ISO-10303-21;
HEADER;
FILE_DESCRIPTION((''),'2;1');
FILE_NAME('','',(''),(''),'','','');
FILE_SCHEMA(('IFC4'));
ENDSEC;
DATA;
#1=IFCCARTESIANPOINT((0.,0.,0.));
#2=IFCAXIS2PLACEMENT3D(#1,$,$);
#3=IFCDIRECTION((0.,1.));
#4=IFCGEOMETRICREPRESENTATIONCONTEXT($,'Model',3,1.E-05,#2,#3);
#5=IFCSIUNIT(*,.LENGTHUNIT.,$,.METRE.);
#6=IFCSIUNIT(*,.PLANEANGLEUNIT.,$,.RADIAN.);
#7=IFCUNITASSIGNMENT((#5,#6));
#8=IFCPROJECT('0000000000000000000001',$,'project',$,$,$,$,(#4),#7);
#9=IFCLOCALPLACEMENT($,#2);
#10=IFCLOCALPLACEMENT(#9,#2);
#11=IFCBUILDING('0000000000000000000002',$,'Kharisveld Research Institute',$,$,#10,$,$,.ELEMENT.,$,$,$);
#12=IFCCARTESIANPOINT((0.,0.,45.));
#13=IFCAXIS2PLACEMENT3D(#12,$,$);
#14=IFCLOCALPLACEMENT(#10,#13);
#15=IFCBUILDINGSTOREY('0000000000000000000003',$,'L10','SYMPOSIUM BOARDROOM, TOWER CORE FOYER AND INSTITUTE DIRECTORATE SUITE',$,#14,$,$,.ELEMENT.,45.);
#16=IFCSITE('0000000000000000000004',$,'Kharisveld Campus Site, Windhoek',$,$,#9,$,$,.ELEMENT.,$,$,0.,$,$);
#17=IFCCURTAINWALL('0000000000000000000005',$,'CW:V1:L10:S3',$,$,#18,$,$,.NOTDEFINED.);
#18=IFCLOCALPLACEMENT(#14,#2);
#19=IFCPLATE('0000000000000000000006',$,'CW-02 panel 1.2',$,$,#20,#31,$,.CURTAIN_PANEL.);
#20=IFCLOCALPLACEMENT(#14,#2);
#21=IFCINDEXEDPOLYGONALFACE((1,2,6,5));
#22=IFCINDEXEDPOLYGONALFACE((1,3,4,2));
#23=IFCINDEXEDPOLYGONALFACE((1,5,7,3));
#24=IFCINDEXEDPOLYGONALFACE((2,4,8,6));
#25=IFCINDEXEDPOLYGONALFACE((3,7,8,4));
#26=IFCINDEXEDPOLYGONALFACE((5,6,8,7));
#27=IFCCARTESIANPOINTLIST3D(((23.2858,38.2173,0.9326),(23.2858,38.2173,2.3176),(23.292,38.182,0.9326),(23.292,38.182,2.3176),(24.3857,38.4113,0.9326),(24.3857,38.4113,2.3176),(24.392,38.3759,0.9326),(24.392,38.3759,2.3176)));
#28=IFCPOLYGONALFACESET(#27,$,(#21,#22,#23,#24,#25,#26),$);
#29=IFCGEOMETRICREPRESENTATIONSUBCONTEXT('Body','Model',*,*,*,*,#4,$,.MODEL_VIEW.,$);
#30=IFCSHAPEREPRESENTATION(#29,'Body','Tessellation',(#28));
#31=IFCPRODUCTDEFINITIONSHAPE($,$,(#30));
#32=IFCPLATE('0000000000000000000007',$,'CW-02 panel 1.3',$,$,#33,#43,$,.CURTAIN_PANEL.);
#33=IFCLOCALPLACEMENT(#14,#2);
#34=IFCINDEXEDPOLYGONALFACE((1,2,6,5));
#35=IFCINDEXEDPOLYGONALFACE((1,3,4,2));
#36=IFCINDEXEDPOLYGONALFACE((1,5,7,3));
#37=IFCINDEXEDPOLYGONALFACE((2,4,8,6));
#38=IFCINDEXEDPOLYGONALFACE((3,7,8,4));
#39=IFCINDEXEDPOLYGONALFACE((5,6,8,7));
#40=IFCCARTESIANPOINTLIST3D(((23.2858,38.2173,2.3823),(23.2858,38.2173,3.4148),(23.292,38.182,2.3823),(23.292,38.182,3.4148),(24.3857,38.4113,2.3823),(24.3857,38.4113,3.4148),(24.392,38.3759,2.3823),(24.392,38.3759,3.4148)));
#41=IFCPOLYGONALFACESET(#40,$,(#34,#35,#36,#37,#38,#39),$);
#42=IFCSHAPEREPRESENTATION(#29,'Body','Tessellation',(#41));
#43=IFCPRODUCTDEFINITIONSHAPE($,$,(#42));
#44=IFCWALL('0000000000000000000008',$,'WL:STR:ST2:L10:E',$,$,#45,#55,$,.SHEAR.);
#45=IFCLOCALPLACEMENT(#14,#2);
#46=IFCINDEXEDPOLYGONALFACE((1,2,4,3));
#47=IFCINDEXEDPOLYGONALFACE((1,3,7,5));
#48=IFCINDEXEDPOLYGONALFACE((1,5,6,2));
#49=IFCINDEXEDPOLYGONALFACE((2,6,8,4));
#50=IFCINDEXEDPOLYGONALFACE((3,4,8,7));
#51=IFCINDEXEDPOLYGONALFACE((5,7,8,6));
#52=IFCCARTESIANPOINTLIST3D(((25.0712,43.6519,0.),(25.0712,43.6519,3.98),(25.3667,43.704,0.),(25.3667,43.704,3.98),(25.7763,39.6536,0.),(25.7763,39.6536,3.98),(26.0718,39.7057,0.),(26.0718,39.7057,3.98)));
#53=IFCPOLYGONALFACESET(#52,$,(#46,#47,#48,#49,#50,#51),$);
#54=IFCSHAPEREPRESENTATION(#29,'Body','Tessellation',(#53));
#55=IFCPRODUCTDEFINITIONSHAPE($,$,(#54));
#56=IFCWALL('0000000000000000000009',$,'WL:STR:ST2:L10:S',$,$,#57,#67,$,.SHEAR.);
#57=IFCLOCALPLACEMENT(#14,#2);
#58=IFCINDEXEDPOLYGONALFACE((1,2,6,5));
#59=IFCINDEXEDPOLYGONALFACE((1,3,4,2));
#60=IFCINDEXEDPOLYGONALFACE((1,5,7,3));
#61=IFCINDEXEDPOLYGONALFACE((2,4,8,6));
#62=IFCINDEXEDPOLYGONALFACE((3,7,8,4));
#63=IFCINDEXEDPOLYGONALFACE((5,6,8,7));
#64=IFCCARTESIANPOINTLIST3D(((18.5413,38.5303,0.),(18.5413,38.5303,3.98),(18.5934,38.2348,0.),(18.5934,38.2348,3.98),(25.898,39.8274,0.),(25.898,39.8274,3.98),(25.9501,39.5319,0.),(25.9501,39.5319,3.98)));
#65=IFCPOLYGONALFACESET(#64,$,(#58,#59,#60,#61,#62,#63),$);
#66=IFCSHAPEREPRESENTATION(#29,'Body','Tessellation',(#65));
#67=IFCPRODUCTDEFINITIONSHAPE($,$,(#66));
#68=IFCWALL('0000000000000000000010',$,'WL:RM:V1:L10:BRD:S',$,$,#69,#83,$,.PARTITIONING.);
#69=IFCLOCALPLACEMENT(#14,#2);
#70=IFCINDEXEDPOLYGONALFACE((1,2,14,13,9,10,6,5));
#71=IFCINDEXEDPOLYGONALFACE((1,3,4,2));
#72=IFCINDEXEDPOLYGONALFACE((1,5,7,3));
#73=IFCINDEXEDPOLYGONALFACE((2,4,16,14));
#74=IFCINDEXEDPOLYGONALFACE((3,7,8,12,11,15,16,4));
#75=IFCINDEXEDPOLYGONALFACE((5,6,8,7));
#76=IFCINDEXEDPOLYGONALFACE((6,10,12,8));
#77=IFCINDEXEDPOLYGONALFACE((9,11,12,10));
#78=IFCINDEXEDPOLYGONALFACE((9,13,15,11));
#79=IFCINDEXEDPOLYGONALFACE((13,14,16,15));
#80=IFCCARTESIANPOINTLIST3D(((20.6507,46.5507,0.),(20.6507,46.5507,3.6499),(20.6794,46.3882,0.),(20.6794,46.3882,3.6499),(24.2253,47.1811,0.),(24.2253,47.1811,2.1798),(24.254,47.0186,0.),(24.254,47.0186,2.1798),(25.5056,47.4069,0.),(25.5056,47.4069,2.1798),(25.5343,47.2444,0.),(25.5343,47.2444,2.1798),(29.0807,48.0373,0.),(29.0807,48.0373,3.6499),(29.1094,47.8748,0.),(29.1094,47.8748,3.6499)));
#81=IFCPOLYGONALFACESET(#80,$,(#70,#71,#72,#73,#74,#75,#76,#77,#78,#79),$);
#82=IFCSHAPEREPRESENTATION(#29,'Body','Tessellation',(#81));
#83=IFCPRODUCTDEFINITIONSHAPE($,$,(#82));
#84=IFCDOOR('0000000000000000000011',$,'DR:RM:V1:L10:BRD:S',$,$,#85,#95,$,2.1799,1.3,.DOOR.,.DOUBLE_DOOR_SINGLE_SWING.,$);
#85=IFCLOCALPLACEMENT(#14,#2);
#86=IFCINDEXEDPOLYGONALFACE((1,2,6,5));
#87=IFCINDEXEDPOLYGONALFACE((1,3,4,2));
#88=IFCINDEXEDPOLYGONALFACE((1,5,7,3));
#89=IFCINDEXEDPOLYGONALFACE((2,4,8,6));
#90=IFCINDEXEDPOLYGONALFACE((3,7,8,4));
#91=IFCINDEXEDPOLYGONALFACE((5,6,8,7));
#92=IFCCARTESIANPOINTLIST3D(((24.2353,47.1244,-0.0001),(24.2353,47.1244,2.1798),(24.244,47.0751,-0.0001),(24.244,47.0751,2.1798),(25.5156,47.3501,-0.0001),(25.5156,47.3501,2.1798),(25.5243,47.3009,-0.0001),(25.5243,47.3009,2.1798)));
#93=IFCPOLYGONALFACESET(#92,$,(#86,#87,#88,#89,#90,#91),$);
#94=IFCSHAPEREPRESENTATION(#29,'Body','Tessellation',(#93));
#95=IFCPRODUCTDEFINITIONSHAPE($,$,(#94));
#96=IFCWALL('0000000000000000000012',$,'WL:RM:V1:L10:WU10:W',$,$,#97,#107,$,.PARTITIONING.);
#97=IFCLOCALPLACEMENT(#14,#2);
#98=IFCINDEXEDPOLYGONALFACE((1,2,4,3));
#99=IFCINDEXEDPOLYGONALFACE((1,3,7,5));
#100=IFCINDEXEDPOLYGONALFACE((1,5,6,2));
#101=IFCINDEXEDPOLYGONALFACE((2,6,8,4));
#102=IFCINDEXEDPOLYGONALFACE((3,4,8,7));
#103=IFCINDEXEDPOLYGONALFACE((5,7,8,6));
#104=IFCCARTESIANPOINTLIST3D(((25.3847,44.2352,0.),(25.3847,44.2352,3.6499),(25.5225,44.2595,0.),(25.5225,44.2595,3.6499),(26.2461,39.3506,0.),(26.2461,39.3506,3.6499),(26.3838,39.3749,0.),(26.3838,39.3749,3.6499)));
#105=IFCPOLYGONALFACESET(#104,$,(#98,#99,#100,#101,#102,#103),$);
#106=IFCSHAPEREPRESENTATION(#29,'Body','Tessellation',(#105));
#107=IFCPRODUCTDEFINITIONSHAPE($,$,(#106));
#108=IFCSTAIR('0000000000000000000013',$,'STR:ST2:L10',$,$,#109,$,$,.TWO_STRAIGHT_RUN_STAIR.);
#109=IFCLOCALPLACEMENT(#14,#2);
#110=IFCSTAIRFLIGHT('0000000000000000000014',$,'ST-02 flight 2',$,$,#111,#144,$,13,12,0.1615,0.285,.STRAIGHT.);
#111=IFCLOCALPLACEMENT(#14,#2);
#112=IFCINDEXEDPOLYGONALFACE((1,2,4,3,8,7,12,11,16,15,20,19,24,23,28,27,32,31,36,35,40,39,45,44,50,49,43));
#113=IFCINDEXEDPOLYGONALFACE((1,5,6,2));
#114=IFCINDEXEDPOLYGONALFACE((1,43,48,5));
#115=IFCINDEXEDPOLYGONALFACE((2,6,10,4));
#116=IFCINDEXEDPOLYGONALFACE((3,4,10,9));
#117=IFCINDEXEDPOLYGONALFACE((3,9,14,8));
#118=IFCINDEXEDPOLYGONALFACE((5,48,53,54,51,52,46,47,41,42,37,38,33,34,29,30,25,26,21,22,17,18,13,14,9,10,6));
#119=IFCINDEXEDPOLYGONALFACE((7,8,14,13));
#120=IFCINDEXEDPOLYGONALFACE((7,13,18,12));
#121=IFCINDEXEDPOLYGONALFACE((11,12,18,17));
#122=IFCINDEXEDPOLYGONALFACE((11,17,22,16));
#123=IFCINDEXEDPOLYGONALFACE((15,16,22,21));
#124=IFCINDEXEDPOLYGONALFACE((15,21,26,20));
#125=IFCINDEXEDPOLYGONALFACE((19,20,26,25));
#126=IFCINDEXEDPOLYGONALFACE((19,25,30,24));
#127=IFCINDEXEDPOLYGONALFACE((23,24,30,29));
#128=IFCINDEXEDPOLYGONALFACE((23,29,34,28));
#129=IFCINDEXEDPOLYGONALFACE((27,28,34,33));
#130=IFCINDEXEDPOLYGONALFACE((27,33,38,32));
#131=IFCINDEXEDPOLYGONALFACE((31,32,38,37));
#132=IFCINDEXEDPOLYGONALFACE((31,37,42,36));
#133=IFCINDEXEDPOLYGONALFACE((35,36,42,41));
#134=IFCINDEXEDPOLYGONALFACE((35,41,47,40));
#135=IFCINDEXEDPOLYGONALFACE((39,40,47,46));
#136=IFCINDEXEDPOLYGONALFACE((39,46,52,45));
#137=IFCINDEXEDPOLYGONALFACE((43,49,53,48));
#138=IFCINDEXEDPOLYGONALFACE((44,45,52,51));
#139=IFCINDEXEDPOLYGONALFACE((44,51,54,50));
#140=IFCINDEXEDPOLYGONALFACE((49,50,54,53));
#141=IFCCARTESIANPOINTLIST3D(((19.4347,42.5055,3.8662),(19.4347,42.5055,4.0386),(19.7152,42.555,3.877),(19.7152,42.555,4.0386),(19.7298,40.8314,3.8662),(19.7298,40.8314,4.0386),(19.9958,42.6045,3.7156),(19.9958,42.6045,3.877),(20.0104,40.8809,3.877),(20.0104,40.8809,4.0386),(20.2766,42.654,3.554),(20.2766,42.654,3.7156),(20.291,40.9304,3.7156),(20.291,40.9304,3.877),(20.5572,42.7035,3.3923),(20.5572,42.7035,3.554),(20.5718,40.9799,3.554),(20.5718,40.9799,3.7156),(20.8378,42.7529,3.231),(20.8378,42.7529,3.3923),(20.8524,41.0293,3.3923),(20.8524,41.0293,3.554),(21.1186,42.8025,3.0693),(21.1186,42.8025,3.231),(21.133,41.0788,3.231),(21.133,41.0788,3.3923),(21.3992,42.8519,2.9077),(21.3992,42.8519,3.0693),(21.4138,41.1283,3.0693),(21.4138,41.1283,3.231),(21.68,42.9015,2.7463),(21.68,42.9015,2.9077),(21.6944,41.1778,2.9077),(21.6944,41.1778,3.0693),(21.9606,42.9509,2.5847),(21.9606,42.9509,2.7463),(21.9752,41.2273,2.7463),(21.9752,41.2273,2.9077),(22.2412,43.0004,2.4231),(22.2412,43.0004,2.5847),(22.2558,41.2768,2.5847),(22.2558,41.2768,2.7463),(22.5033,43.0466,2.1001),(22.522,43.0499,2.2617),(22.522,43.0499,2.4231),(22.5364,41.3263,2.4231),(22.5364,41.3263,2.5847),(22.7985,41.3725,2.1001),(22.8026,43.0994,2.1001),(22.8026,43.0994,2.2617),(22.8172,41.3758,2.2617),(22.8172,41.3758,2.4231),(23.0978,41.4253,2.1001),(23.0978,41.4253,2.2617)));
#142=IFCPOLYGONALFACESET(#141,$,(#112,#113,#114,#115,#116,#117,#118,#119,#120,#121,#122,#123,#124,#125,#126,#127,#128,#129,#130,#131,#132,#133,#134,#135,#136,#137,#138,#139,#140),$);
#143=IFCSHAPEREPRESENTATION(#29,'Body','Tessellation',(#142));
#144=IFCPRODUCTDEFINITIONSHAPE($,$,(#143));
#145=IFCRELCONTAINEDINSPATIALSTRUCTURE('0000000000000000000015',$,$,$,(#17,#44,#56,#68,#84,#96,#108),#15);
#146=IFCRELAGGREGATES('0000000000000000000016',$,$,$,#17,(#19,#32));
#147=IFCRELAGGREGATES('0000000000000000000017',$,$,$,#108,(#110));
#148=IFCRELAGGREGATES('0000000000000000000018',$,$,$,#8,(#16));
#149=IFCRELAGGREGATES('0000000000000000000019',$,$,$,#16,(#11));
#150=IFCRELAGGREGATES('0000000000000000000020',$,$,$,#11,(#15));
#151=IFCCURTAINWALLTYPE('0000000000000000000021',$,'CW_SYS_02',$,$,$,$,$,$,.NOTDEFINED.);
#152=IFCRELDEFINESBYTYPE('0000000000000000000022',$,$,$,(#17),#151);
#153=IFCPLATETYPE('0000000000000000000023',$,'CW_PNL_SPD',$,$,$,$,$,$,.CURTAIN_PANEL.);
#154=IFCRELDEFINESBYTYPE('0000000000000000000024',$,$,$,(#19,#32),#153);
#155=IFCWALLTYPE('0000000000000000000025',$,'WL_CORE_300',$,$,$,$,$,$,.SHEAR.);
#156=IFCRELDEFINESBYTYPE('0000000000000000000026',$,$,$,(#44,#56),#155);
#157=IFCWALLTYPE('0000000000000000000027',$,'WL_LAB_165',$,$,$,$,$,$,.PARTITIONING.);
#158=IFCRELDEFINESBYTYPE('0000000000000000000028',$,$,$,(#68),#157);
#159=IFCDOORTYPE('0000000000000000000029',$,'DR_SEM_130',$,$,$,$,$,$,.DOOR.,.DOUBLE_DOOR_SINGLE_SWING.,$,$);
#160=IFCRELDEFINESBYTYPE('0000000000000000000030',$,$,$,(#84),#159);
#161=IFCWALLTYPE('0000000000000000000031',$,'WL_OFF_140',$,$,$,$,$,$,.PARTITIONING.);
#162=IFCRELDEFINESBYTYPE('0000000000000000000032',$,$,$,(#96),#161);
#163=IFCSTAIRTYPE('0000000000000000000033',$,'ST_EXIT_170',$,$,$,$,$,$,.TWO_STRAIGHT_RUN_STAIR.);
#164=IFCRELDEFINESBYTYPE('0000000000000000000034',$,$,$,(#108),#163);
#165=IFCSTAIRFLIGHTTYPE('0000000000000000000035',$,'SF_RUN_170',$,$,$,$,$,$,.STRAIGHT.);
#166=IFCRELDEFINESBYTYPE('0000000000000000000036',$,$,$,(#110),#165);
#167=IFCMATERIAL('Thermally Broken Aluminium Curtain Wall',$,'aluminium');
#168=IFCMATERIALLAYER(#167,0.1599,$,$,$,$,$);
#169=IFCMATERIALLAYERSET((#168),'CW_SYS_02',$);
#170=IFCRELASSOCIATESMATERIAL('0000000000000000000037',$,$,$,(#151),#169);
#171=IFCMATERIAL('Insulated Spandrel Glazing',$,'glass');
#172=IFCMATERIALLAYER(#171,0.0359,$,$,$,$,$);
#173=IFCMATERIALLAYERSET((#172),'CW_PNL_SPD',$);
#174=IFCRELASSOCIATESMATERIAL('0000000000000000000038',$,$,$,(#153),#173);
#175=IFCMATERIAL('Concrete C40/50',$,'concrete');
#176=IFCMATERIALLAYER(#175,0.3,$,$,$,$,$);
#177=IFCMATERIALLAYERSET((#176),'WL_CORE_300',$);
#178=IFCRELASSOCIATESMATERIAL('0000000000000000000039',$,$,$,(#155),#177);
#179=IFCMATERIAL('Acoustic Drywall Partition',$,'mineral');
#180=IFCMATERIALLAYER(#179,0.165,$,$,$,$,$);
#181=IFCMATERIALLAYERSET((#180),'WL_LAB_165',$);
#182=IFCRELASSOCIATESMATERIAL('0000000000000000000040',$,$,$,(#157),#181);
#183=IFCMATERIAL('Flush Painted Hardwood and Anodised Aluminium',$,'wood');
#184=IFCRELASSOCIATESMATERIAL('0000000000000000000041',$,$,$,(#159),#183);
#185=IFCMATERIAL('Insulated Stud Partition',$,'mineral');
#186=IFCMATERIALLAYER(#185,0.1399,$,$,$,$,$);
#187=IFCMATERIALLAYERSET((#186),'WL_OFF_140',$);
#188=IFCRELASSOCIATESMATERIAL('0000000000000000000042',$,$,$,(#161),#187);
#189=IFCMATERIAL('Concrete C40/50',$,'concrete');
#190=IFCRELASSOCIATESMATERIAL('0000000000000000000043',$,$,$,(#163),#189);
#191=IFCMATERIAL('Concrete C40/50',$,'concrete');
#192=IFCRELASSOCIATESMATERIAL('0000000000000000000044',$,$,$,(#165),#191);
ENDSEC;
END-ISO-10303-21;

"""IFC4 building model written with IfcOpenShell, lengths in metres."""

from ifc_helpers import new_model, si_unit, direction, frame, frame_2d, origin, origin_2d, place, context, subcontext, project, spatial, polyline, rectangle, outline, extrude, material, layer, layer_set, type_object, element, fill, aggregate, save


model = new_model("IFC4")

# Units and contexts
model_context = context("Model", 3, precision=1e-05, world=origin(), true_north=direction((0.0, 1.0)))
body_context = subcontext(model_context, "Body", "Model", "MODEL_VIEW")
ifc_project = project(units=[si_unit("LENGTHUNIT", "METRE"), si_unit("PLANEANGLEUNIT", "RADIAN")], contexts=[model_context])

# Site, building, storey
site_placement = place(None, origin())
site = spatial("IfcSite", under=ifc_project, at=site_placement, Name="Kharisveld Campus Site, Windhoek", CompositionType="ELEMENT", RefElevation=0.0)
building_placement = place(site_placement, origin())
building = spatial("IfcBuilding", under=site, at=building_placement, Name="Kharisveld Research Institute", CompositionType="ELEMENT")
storey_placement = place(building_placement, frame((0.0, 0.0, 45.0)))
storey = spatial("IfcBuildingStorey", under=building, at=storey_placement, Name="L10", Description="SYMPOSIUM BOARDROOM, TOWER CORE FOYER AND INSTITUTE DIRECTORATE SUITE", CompositionType="ELEMENT", Elevation=45.0)

# Curtain wall
ifc_material_1 = material(Name="Thermally Broken Aluminium Curtain Wall", Category="aluminium")
ifc_layer_1 = layer(ifc_material_1, 0.1599)
ifc_layer_set_1 = layer_set([ifc_layer_1], Name="CW_SYS_02")
curtain_wall_type = type_object("IfcCurtainWallType", Name="CW_SYS_02", PredefinedType="NOTDEFINED", material=ifc_layer_set_1)
curtain_wall_placement = place(storey_placement, origin())
curtain_wall = element("IfcCurtainWall", 1, at=curtain_wall_placement, inside=storey, type_object=curtain_wall_type, Name="CW:V1:L10:S3", PredefinedType="NOTDEFINED")

# Plates
ifc_material_2 = material(Name="Insulated Spandrel Glazing", Category="glass")
ifc_layer_2 = layer(ifc_material_2, 0.0359)
ifc_layer_set_2 = layer_set([ifc_layer_2], Name="CW_PNL_SPD")
plate_type = type_object("IfcPlateType", Name="CW_PNL_SPD", PredefinedType="CURTAIN_PANEL", material=ifc_layer_set_2)
plate_1_placement = place(storey_placement, frame((23.8389, 38.2966, 0.9326), z_axis=(0.0, 0.0, 1.0), x_axis=(-0.984808, -0.173648, 0.0)))
plate_1 = element("IfcPlate", 2, at=plate_1_placement, type_object=plate_type, Name="CW-02 panel 1.2", PredefinedType="CURTAIN_PANEL", context=body_context, shape_type="SweptSolid", body=[
    extrude(rectangle(XDim=1.1169, YDim=0.0359, at=origin_2d()), origin(), (0.0, 0.0, 1.0), 1.385),
])
plate_2_placement = place(storey_placement, frame((23.8389, 38.2966, 2.3823), z_axis=(0.0, 0.0, 1.0), x_axis=(-0.984808, -0.173648, 0.0)))
plate_2 = element("IfcPlate", 3, at=plate_2_placement, type_object=plate_type, Name="CW-02 panel 1.3", PredefinedType="CURTAIN_PANEL", context=body_context, shape_type="SweptSolid", body=[
    extrude(rectangle(XDim=1.1169, YDim=0.0359, at=origin_2d()), origin(), (0.0, 0.0, 1.0), 1.0325),
])
aggregate(curtain_wall, [plate_1, plate_2])

# Walls
ifc_material_3 = material(Name="Concrete C40/50", Category="concrete")
ifc_layer_3 = layer(ifc_material_3, 0.3)
ifc_layer_set_3 = layer_set([ifc_layer_3], Name="WL_CORE_300")
wall_type_1 = type_object("IfcWallType", Name="WL_CORE_300", PredefinedType="SHEAR", material=ifc_layer_set_3)
wall_1_placement = place(storey_placement, frame((25.219, 43.678, 0.0), z_axis=(0.0, 0.0, 1.0), x_axis=(0.173665, -0.984805, 0.0)))
element("IfcWall", 4, at=wall_1_placement, inside=storey, type_object=wall_type_1, Name="WL:STR:ST2:L10:E", PredefinedType="SHEAR", context=body_context, shape_type="SweptSolid", body=[
    extrude(rectangle(XDim=4.0601, YDim=0.3, at=frame_2d((2.03, 0.0))), origin(), (0.0, 0.0, 1.0), 3.98),
])
wall_2_placement = place(storey_placement, frame((25.9241, 39.6797, 0.0), z_axis=(0.0, 0.0, 1.0), x_axis=(-0.984809, -0.17364, 0.0)))
element("IfcWall", 5, at=wall_2_placement, inside=storey, type_object=wall_type_1, Name="WL:STR:ST2:L10:S", PredefinedType="SHEAR", context=body_context, shape_type="SweptSolid", body=[
    extrude(rectangle(XDim=7.4702, YDim=0.3, at=frame_2d((3.7351, 0.0))), origin(), (0.0, 0.0, 1.0), 3.98),
])

# Wall, opening, door
ifc_material_4 = material(Name="Acoustic Drywall Partition", Category="mineral")
ifc_layer_4 = layer(ifc_material_4, 0.165)
ifc_layer_set_4 = layer_set([ifc_layer_4], Name="WL_LAB_165")
wall_type_2 = type_object("IfcWallType", Name="WL_LAB_165", PredefinedType="PARTITIONING", material=ifc_layer_set_4)
wall_3_placement = place(storey_placement, frame((20.665, 46.4695, 0.0), z_axis=(0.0, 0.0, 1.0), x_axis=(0.984805, 0.173665, 0.0)))
wall_3 = element("IfcWall", 6, at=wall_3_placement, inside=storey, type_object=wall_type_2, Name="WL:RM:V1:L10:BRD:S", PredefinedType="PARTITIONING", context=body_context, shape_type="SweptSolid", body=[
    extrude(rectangle(XDim=8.5601, YDim=0.165, at=frame_2d((4.28, 0.0))), origin(), (0.0, 0.0, 1.0), 3.6499),
])
opening_1_placement = place(wall_3_placement, frame((3.6299, 0.0, 0.0)))
opening_1 = element("IfcOpeningElement", 7, at=opening_1_placement, cuts=wall_3, PredefinedType="OPENING", context=body_context, shape_type="SweptSolid", body=[
    extrude(rectangle(XDim=1.3, YDim=2.1799, at=frame_2d((0.6499, 1.0898))), frame((0.0, 0.0825, 0.0), z_axis=(0.0, -1.0, 0.0), x_axis=(1.0, 0.0, 0.0)), (0.0, 0.0, 1.0), 0.165),
])
ifc_material_5 = material(Name="Flush Painted Hardwood and Anodised Aluminium", Category="wood")
door_type_1 = type_object("IfcDoorType", Name="DR_SEM_130", OperationType="DOUBLE_DOOR_SINGLE_SWING", PredefinedType="DOOR", material=ifc_material_5)
door_1_placement = place(opening_1_placement, origin())
door_1 = element("IfcDoor", 8, at=door_1_placement, inside=storey, type_object=door_type_1, Name="DR:RM:V1:L10:BRD:S", OperationType="DOUBLE_DOOR_SINGLE_SWING", OverallHeight=2.1799, OverallWidth=1.3, PredefinedType="DOOR", context=body_context, shape_type="SweptSolid", body=[
    extrude(rectangle(XDim=1.3, YDim=2.1799, at=frame_2d((0.6499, 1.0898))), frame((0.0, 0.0249, 0.0), z_axis=(0.0, -1.0, 0.0), x_axis=(1.0, 0.0, 0.0)), (0.0, 0.0, 1.0), 0.05),
])
fill(opening_1, door_1)

# Wall
ifc_material_6 = material(Name="Insulated Stud Partition", Category="mineral")
ifc_layer_5 = layer(ifc_material_6, 0.1399)
ifc_layer_set_5 = layer_set([ifc_layer_5], Name="WL_OFF_140")
wall_type_3 = type_object("IfcWallType", Name="WL_OFF_140", PredefinedType="PARTITIONING", material=ifc_layer_set_5)
wall_4_placement = place(storey_placement, frame((25.4536, 44.2473, 0.0), z_axis=(0.0, 0.0, 1.0), x_axis=(0.173659, -0.984806, 0.0)))
element("IfcWall", 9, at=wall_4_placement, inside=storey, type_object=wall_type_3, Name="WL:RM:V1:L10:WU10:W", PredefinedType="PARTITIONING", context=body_context, shape_type="SweptSolid", body=[
    extrude(rectangle(XDim=4.96, YDim=0.1399, at=frame_2d((2.48, 0.0))), origin(), (0.0, 0.0, 1.0), 3.6499),
])

# Stair, stair flight
ifc_material_7 = material(Name="Concrete C40/50", Category="concrete")
stair_type = type_object("IfcStairType", Name="ST_EXIT_170", PredefinedType="TWO_STRAIGHT_RUN_STAIR", material=ifc_material_7)
stair_placement = place(storey_placement, origin())
stair = element("IfcStair", 10, at=stair_placement, inside=storey, type_object=stair_type, Name="STR:ST2:L10", PredefinedType="TWO_STRAIGHT_RUN_STAIR")
ifc_material_8 = material(Name="Concrete C40/50", Category="concrete")
stair_flight_type = type_object("IfcStairFlightType", Name="SF_RUN_170", PredefinedType="STRAIGHT", material=ifc_material_8)
stair_flight_placement = place(storey_placement, frame((22.9502, 42.2625, 2.1001), z_axis=(0.0, 0.0, 1.0), x_axis=(-0.984808, -0.173648, 0.0)))
stair_flight = element("IfcStairFlight", 11, at=stair_flight_placement, type_object=stair_flight_type, Name="ST-02 flight 2", NumberOfRisers=13, NumberOfTreads=12, PredefinedType="STRAIGHT", RiserHeight=0.1615, TreadLength=0.285, context=body_context, shape_type="SweptSolid", body=[
    extrude(outline(polyline([(0.0, 0.0), (0.0, 0.1616), (0.2849, 0.1616), (0.2849, 0.323), (0.5701, 0.323), (0.5701, 0.4846), (0.855, 0.4846), (0.855, 0.6462), (1.1399, 0.6462), (1.1399, 0.8076), (1.425, 0.8076), (1.425, 0.9692), (1.71, 0.9692), (1.71, 1.1309), (1.9951, 1.1309), (1.9951, 1.2922), (2.28, 1.2922), (2.28, 1.4539), (2.5649, 1.4539), (2.5649, 1.6155), (2.8501, 1.6155), (2.8501, 1.7769), (3.135, 1.7769), (3.135, 1.9385), (3.4199, 1.9385), (3.4199, 2.1001), (3.4199, 1.7661), (0.304, 0.0), (0.0, 0.0)])), frame((0.0, 0.8501, 0.0), z_axis=(0.0, -1.0, 0.0), x_axis=(1.0, 0.0, 0.0)), (0.0, 0.0, 1.0), 1.7),
])
aggregate(stair, [stair_flight])

save(model, "model.ifc")
